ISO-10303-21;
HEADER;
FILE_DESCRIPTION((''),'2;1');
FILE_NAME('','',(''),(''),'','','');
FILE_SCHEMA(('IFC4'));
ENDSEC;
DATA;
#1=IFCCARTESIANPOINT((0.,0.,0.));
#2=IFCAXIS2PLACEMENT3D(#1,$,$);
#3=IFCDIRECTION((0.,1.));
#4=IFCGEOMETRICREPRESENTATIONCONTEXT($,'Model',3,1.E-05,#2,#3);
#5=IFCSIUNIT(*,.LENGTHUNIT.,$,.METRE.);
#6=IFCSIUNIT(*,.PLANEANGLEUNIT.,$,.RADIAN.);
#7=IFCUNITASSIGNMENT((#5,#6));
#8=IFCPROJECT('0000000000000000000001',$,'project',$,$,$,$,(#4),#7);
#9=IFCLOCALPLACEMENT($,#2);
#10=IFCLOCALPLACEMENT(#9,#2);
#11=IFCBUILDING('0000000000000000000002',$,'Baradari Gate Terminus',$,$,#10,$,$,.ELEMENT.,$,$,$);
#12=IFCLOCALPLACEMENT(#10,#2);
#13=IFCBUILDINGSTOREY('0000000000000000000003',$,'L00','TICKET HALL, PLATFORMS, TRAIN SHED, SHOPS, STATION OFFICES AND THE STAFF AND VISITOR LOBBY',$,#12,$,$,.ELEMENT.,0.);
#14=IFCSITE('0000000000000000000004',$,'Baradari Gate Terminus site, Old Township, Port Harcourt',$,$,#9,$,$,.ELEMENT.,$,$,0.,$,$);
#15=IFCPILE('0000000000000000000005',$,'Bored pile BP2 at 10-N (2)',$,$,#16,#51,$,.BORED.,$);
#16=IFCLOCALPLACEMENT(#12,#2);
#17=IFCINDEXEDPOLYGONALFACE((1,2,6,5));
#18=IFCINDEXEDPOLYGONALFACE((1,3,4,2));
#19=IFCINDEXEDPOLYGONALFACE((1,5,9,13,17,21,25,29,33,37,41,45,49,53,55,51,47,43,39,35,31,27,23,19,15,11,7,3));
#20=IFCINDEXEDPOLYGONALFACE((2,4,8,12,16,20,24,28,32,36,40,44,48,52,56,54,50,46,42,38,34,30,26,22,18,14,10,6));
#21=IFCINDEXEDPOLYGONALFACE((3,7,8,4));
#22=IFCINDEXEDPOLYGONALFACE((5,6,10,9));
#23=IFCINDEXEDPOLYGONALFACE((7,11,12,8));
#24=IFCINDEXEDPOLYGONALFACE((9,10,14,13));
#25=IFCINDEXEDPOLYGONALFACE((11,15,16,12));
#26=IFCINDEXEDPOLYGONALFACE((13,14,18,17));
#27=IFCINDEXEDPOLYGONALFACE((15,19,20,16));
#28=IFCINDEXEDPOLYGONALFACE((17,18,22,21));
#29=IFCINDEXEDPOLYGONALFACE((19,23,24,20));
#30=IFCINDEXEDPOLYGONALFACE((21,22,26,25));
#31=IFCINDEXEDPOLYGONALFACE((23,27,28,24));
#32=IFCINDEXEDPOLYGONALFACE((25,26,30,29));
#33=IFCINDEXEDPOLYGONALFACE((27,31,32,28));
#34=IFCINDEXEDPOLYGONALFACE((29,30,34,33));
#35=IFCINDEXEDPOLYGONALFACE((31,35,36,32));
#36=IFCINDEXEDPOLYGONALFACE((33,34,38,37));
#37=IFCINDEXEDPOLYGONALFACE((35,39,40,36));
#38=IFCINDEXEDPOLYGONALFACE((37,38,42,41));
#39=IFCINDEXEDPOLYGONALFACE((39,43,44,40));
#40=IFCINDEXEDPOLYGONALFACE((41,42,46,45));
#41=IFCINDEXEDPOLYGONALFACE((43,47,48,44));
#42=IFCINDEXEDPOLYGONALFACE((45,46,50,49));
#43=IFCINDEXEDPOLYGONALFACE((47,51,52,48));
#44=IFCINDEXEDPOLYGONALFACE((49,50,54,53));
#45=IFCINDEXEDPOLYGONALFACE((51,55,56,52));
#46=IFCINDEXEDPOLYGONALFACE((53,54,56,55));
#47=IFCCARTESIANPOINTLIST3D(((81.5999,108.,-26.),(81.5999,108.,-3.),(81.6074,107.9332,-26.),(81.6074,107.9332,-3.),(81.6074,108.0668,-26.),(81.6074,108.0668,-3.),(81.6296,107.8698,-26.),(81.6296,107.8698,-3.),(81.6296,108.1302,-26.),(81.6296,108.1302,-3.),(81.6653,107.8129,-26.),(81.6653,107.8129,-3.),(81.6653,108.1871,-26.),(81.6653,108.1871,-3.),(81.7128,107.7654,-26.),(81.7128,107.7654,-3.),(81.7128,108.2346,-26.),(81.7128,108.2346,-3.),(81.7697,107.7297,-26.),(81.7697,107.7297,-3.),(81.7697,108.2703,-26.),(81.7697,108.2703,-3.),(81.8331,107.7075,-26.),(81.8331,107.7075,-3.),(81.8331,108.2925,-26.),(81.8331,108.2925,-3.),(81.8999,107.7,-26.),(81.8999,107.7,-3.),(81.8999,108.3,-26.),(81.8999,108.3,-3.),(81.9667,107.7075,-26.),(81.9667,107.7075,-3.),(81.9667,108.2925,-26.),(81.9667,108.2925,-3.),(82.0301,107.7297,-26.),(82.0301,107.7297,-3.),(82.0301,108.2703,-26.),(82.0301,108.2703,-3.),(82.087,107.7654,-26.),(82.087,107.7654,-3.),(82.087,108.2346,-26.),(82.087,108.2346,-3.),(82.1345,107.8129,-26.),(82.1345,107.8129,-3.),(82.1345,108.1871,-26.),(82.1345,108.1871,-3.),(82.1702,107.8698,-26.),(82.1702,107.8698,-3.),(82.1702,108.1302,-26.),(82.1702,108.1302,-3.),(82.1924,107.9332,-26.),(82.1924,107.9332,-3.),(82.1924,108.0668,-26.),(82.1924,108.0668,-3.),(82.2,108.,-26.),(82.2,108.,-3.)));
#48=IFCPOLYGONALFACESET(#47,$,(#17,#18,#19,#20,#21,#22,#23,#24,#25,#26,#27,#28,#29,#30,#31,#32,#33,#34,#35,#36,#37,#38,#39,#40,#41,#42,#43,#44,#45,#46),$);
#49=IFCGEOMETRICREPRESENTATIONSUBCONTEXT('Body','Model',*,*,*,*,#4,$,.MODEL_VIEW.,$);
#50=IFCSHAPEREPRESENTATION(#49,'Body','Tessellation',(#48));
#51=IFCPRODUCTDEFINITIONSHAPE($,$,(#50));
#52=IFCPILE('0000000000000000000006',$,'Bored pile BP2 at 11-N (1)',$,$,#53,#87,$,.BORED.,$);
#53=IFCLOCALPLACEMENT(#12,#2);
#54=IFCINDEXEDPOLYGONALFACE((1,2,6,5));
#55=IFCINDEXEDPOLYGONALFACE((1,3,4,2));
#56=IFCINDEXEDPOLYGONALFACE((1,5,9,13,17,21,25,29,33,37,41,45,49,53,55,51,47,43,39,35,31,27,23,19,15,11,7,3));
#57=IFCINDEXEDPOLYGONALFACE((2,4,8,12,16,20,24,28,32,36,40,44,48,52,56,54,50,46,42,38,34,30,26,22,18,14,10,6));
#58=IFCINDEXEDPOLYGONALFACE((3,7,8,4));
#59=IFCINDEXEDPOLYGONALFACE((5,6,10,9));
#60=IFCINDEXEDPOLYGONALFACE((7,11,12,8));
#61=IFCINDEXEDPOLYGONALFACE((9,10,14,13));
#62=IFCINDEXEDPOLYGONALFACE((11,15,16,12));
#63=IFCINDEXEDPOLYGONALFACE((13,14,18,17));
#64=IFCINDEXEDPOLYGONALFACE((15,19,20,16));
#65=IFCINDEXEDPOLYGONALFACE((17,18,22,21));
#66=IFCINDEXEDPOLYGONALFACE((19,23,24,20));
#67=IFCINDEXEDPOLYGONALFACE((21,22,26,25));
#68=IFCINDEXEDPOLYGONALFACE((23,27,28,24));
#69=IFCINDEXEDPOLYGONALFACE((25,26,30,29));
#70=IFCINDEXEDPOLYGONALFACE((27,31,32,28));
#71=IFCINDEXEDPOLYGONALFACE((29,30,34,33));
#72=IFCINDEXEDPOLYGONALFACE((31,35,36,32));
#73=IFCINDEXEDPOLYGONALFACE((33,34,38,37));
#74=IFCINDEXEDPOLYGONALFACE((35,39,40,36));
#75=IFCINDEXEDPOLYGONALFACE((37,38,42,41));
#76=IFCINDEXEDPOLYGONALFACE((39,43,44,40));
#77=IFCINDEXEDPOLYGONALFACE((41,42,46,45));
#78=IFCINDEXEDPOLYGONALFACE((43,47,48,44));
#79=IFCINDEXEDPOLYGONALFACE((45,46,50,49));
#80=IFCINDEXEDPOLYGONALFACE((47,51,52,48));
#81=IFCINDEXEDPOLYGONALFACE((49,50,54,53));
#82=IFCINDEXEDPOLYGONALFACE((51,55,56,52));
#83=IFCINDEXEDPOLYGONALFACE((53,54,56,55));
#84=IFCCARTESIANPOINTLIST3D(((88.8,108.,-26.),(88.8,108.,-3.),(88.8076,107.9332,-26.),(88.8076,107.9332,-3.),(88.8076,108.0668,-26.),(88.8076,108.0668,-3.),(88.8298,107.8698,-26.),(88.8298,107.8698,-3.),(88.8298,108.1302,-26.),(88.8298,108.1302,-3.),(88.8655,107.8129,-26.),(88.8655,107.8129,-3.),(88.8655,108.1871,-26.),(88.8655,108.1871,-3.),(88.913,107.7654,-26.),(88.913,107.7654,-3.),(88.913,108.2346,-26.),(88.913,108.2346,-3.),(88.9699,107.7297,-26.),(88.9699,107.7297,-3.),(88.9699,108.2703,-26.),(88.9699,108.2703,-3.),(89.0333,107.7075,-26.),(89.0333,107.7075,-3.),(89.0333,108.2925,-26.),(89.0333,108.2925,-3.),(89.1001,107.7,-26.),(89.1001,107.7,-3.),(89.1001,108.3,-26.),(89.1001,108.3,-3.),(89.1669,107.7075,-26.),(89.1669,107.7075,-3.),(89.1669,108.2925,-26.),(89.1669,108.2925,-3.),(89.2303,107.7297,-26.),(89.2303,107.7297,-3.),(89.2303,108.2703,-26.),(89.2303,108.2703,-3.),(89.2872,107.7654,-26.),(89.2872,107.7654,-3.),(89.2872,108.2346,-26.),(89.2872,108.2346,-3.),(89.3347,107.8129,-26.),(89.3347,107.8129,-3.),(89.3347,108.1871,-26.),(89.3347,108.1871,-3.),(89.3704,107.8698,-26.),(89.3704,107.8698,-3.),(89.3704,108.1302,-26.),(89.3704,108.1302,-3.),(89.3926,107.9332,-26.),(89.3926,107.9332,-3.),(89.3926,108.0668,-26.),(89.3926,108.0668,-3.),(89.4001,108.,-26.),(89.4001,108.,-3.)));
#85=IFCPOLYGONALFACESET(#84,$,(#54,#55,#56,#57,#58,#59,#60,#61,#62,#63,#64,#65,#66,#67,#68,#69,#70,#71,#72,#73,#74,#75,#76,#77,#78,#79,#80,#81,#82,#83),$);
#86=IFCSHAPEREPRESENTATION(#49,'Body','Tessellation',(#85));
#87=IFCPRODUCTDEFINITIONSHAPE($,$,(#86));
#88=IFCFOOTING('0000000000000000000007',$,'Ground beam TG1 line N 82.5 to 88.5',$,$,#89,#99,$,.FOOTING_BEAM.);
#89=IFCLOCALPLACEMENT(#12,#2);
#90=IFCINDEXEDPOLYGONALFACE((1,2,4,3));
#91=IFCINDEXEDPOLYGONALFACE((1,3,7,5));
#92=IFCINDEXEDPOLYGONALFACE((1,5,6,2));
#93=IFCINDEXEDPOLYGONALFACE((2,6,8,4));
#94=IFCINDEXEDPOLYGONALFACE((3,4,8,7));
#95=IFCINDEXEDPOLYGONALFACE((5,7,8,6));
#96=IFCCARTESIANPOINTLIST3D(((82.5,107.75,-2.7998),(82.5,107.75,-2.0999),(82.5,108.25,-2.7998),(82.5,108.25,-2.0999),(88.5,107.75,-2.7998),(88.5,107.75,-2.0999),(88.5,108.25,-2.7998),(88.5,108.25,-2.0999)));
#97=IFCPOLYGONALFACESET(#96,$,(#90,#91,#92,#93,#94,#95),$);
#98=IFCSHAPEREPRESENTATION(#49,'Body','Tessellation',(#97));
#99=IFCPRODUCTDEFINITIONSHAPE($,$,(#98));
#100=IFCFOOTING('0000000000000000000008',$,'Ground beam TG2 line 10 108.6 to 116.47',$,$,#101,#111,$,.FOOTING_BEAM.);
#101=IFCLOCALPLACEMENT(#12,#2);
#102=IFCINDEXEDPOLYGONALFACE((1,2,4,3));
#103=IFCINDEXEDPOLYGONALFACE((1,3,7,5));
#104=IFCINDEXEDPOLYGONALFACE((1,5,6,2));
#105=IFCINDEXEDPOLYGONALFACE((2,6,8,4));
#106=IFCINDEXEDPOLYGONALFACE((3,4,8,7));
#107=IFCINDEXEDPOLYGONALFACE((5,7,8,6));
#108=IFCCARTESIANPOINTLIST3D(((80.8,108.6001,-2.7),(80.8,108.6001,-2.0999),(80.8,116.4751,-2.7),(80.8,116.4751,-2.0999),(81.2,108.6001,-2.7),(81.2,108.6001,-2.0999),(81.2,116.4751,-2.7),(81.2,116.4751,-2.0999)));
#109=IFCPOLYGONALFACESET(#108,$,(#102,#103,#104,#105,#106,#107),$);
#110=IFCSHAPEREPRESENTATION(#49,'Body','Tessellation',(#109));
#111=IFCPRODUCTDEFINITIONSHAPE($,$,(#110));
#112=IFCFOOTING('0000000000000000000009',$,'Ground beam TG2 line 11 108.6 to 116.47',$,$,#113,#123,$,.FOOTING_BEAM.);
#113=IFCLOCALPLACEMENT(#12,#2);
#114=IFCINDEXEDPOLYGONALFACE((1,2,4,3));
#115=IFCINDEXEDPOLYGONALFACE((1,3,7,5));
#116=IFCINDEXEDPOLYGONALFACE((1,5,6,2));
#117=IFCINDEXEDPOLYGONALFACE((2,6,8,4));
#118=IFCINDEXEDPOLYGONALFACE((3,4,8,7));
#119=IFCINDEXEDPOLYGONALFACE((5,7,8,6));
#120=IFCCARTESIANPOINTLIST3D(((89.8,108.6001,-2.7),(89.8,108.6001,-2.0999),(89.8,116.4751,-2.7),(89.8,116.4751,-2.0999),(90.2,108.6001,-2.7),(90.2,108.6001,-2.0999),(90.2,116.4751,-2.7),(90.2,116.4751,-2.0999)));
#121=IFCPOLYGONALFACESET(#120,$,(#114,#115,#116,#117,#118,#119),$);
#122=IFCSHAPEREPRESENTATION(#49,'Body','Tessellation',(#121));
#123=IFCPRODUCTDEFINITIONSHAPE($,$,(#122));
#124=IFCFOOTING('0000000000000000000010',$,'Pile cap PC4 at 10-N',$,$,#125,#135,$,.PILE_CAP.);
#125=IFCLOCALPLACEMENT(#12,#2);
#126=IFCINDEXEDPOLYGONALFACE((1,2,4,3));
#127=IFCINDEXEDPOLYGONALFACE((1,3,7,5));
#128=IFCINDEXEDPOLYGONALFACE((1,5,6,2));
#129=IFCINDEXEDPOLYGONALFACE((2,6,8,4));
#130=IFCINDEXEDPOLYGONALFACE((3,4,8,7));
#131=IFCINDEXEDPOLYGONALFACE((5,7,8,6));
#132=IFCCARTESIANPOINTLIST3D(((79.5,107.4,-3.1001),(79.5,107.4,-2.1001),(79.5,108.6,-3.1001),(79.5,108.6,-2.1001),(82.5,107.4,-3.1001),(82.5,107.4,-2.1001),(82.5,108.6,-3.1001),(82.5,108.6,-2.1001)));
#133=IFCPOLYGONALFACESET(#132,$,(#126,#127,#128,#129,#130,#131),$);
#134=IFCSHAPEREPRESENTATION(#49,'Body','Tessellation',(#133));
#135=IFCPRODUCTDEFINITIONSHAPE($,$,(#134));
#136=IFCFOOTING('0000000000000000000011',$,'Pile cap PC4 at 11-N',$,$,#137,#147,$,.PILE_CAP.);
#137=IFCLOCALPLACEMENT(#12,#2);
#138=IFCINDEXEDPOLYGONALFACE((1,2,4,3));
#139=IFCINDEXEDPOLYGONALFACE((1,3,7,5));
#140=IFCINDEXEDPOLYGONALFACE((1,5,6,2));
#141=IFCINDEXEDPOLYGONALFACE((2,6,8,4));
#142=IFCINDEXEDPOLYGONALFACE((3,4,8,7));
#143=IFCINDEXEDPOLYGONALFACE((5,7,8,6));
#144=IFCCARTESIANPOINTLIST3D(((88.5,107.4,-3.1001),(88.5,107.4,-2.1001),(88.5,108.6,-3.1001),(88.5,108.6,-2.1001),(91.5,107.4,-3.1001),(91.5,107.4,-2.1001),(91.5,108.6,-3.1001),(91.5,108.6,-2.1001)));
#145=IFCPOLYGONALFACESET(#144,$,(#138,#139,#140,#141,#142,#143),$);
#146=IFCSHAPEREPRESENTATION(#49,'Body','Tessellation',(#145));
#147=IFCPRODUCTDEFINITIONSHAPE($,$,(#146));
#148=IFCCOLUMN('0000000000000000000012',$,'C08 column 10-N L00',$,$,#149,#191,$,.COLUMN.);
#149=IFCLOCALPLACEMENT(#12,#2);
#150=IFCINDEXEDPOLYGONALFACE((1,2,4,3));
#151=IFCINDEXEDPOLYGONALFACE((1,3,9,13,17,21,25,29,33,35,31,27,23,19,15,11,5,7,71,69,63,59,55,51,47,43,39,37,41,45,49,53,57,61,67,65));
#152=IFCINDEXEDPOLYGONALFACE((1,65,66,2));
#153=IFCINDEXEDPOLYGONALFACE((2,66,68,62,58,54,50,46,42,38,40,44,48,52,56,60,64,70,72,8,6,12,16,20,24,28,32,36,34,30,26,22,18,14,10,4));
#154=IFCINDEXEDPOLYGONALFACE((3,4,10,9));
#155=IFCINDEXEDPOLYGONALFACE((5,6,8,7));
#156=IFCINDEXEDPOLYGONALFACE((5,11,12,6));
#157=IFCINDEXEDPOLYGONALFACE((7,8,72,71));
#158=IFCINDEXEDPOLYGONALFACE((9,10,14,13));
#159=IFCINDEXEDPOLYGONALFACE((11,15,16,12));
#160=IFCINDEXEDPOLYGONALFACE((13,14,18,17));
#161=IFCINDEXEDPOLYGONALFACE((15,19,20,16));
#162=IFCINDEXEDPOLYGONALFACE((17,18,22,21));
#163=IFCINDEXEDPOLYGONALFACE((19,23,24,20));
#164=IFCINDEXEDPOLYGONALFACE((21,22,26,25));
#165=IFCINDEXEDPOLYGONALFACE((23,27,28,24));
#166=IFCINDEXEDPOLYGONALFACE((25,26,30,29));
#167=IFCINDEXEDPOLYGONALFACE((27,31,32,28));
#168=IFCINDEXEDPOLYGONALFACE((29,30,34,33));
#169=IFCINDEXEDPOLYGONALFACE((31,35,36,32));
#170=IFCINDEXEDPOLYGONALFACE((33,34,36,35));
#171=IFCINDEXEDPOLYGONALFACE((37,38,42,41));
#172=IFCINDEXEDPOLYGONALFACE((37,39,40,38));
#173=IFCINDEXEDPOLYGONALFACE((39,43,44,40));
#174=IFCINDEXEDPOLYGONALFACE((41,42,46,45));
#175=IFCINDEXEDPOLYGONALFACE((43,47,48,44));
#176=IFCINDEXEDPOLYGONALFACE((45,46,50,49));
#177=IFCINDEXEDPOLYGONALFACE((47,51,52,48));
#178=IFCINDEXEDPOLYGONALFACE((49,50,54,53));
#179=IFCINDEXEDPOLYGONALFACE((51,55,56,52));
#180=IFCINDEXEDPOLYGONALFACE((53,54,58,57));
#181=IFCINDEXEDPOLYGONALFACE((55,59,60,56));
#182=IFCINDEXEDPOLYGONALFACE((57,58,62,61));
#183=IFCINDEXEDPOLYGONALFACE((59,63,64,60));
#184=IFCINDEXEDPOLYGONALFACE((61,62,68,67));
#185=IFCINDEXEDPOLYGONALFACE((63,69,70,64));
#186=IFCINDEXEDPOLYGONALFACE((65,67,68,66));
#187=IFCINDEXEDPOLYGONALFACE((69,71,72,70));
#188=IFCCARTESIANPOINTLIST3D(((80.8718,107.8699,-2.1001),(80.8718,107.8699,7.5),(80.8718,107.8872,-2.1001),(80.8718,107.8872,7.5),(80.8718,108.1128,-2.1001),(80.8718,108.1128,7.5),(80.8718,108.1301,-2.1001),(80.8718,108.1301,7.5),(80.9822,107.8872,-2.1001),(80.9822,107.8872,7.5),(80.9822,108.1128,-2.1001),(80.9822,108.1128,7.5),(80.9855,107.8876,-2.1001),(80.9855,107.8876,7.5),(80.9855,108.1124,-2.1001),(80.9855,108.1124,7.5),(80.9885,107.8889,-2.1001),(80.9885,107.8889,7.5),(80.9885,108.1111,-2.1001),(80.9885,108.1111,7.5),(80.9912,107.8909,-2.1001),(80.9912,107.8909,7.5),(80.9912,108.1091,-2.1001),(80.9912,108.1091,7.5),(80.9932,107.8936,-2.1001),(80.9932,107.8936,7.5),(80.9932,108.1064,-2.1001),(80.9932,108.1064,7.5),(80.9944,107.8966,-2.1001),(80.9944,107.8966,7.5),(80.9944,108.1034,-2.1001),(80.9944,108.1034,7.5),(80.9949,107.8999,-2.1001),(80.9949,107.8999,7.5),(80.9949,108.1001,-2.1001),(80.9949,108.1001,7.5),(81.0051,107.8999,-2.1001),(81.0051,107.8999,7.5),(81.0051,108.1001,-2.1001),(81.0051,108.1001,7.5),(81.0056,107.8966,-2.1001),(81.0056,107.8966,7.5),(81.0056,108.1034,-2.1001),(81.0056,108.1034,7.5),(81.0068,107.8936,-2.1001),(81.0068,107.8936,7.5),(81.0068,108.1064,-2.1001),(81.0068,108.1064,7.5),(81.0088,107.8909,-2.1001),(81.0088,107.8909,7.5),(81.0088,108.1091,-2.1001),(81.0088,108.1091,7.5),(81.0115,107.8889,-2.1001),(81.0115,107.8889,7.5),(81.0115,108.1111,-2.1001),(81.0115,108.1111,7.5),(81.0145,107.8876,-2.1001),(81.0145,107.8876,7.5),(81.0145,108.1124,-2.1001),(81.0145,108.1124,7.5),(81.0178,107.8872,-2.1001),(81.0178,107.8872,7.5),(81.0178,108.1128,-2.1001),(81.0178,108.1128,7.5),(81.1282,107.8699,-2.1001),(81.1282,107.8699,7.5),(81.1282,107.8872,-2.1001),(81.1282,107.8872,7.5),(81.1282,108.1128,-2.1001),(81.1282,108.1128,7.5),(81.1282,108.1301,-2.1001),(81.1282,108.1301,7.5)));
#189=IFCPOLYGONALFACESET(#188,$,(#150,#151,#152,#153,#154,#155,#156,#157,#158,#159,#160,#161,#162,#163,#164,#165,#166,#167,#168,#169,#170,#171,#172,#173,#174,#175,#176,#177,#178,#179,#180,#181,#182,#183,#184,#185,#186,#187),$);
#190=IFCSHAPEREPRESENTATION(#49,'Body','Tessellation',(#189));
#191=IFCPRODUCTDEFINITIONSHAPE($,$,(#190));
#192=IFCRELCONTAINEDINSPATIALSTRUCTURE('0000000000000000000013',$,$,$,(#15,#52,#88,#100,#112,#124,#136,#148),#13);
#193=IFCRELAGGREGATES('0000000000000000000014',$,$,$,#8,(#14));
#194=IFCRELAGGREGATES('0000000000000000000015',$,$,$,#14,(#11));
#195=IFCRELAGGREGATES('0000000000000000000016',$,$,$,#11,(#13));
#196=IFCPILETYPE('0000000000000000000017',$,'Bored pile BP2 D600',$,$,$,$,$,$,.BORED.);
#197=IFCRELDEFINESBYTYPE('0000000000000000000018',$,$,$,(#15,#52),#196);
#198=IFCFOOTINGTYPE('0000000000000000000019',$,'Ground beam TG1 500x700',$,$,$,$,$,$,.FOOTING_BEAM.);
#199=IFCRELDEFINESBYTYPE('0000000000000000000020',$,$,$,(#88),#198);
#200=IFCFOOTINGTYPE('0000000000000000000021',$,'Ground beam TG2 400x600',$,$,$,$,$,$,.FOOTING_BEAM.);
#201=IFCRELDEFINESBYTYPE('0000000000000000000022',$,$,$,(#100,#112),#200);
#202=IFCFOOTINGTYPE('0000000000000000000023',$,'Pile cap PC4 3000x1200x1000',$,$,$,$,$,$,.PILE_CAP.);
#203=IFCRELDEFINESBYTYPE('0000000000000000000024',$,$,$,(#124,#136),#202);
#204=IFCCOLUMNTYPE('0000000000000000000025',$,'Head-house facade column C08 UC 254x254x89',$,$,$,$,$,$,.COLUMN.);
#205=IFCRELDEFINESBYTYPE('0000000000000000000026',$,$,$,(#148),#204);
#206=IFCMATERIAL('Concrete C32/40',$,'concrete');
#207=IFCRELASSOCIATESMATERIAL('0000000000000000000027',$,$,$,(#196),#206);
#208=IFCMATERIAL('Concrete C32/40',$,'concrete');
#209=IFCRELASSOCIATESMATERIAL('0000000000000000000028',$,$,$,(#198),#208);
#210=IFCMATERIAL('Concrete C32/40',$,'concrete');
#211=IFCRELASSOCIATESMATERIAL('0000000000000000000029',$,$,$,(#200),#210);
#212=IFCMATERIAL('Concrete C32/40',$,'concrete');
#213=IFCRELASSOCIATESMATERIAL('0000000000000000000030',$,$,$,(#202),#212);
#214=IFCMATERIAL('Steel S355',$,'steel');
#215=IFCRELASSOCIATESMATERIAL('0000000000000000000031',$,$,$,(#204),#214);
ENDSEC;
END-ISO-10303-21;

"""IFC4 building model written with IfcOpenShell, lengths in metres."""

from ifc_helpers import new_model, si_unit, direction, frame, origin, origin_2d, place, context, subcontext, project, spatial, rectangle, circle, i_section, extrude, material, material_profile, profile_set, type_object, element, save


model = new_model("IFC4")

# Units and contexts
model_context = context("Model", 3, precision=1e-05, world=origin(), true_north=direction((0.0, 1.0)))
body_context = subcontext(model_context, "Body", "Model", "MODEL_VIEW")
ifc_project = project(units=[si_unit("LENGTHUNIT", "METRE"), si_unit("PLANEANGLEUNIT", "RADIAN")], contexts=[model_context])

# Site, building, storey
site_placement = place(None, origin())
site = spatial("IfcSite", under=ifc_project, at=site_placement, Name="Baradari Gate Terminus site, Old Township, Port Harcourt", CompositionType="ELEMENT", RefElevation=0.0)
building_placement = place(site_placement, origin())
building = spatial("IfcBuilding", under=site, at=building_placement, Name="Baradari Gate Terminus", CompositionType="ELEMENT")
storey_placement = place(building_placement, origin())
storey = spatial("IfcBuildingStorey", under=building, at=storey_placement, Name="L00", Description="TICKET HALL, PLATFORMS, TRAIN SHED, SHOPS, STATION OFFICES AND THE STAFF AND VISITOR LOBBY", CompositionType="ELEMENT", Elevation=0.0)

# Piles
ifc_material_1 = material(Name="Concrete C32/40", Category="concrete")
pile_type = type_object("IfcPileType", Name="Bored pile BP2 D600", PredefinedType="BORED", material=ifc_material_1)
for number, where, z_axis, x_axis, name in (
    (1, (81.8999, 108.0, -3.0), (0.0, 0.0, -1.0), (1.0, 0.0, 0.0), "Bored pile BP2 at 10-N (2)"),
    (2, (89.1001, 108.0, -3.0), (0.0, 0.0, -1.0), (1.0, 0.0, 0.0), "Bored pile BP2 at 11-N (1)"),
):
    element("IfcPile", number, at=place(storey_placement, frame(where, z_axis=z_axis, x_axis=x_axis)), inside=storey, type_object=pile_type, Name=name, PredefinedType="BORED", context=body_context, shape_type="SweptSolid", body=[
        extrude(circle(Radius=0.3, at=origin_2d()), origin(), (0.0, 0.0, 1.0), 23.0),
    ])

# Footings
ifc_material_2 = material(Name="Concrete C32/40", Category="concrete")
footing_type_1 = type_object("IfcFootingType", Name="Ground beam TG1 500x700", PredefinedType="FOOTING_BEAM", material=ifc_material_2)
footing_placement = place(storey_placement, frame((85.5, 108.0, -2.7998), z_axis=(0.0, 0.0, 1.0), x_axis=(1.0, 0.0, 0.0)))
element("IfcFooting", 3, at=footing_placement, inside=storey, type_object=footing_type_1, Name="Ground beam TG1 line N 82.5 to 88.5", PredefinedType="FOOTING_BEAM", context=body_context, shape_type="SweptSolid", body=[
    extrude(rectangle(XDim=6.0, YDim=0.5, at=origin_2d()), origin(), (0.0, 0.0, 1.0), 0.7),
])
ifc_material_3 = material(Name="Concrete C32/40", Category="concrete")
footing_type_2 = type_object("IfcFootingType", Name="Ground beam TG2 400x600", PredefinedType="FOOTING_BEAM", material=ifc_material_3)
for number, where, z_axis, x_axis, name in (
    (4, (81.0, 112.5376, -2.7), (0.0, 0.0, 1.0), (1.0, 0.0, 0.0), "Ground beam TG2 line 10 108.6 to 116.47"),
    (5, (90.0, 112.5376, -2.7), (0.0, 0.0, 1.0), (1.0, 0.0, 0.0), "Ground beam TG2 line 11 108.6 to 116.47"),
):
    element("IfcFooting", number, at=place(storey_placement, frame(where, z_axis=z_axis, x_axis=x_axis)), inside=storey, type_object=footing_type_2, Name=name, PredefinedType="FOOTING_BEAM", context=body_context, shape_type="SweptSolid", body=[
        extrude(rectangle(XDim=0.3999, YDim=7.875, at=origin_2d()), origin(), (0.0, 0.0, 1.0), 0.6001),
    ])
ifc_material_4 = material(Name="Concrete C32/40", Category="concrete")
footing_type_3 = type_object("IfcFootingType", Name="Pile cap PC4 3000x1200x1000", PredefinedType="PILE_CAP", material=ifc_material_4)
for number, where, z_axis, x_axis, name in (
    (6, (81.0, 108.0, -3.1001), (0.0, 0.0, 1.0), (1.0, 0.0, 0.0), "Pile cap PC4 at 10-N"),
    (7, (90.0, 108.0, -3.1001), (0.0, 0.0, 1.0), (1.0, 0.0, 0.0), "Pile cap PC4 at 11-N"),
):
    element("IfcFooting", number, at=place(storey_placement, frame(where, z_axis=z_axis, x_axis=x_axis)), inside=storey, type_object=footing_type_3, Name=name, PredefinedType="PILE_CAP", context=body_context, shape_type="SweptSolid", body=[
        extrude(rectangle(XDim=3.0, YDim=1.2, at=origin_2d()), origin(), (0.0, 0.0, 1.0), 1.0),
    ])

# Column
ifc_material_5 = material(Name="Steel S355", Category="steel")
ifc_material_profile_1 = material_profile(ifc_material_5, i_section(OverallWidth=0.2563, OverallDepth=0.2603, WebThickness=0.0103, FlangeThickness=0.0173, FilletRadius=0.0127, at=origin_2d()), Name="UC 254x254x89")
ifc_profile_set_1 = profile_set([ifc_material_profile_1], Name="Steel S355")
column_type = type_object("IfcColumnType", Name="Head-house facade column C08 UC 254x254x89", PredefinedType="COLUMN", material=ifc_profile_set_1)
for number, where, z_axis, x_axis, name in (
    (8, (81.0, 108.0, -2.1001), (0.0, 0.0, 1.0), (1.0, 0.0, 0.0), "C08 column 10-N L00"),
):
    element("IfcColumn", number, at=place(storey_placement, frame(where, z_axis=z_axis, x_axis=x_axis)), inside=storey, type_object=column_type, Name=name, PredefinedType="COLUMN", context=body_context, shape_type="SweptSolid", body=[
        extrude(i_section(OverallWidth=0.2563, OverallDepth=0.2603, WebThickness=0.0103, FlangeThickness=0.0173, FilletRadius=0.0127, at=origin_2d()), origin(), (0.0, 0.0, 1.0), 9.6001),
    ])

save(model, "model.ifc")
